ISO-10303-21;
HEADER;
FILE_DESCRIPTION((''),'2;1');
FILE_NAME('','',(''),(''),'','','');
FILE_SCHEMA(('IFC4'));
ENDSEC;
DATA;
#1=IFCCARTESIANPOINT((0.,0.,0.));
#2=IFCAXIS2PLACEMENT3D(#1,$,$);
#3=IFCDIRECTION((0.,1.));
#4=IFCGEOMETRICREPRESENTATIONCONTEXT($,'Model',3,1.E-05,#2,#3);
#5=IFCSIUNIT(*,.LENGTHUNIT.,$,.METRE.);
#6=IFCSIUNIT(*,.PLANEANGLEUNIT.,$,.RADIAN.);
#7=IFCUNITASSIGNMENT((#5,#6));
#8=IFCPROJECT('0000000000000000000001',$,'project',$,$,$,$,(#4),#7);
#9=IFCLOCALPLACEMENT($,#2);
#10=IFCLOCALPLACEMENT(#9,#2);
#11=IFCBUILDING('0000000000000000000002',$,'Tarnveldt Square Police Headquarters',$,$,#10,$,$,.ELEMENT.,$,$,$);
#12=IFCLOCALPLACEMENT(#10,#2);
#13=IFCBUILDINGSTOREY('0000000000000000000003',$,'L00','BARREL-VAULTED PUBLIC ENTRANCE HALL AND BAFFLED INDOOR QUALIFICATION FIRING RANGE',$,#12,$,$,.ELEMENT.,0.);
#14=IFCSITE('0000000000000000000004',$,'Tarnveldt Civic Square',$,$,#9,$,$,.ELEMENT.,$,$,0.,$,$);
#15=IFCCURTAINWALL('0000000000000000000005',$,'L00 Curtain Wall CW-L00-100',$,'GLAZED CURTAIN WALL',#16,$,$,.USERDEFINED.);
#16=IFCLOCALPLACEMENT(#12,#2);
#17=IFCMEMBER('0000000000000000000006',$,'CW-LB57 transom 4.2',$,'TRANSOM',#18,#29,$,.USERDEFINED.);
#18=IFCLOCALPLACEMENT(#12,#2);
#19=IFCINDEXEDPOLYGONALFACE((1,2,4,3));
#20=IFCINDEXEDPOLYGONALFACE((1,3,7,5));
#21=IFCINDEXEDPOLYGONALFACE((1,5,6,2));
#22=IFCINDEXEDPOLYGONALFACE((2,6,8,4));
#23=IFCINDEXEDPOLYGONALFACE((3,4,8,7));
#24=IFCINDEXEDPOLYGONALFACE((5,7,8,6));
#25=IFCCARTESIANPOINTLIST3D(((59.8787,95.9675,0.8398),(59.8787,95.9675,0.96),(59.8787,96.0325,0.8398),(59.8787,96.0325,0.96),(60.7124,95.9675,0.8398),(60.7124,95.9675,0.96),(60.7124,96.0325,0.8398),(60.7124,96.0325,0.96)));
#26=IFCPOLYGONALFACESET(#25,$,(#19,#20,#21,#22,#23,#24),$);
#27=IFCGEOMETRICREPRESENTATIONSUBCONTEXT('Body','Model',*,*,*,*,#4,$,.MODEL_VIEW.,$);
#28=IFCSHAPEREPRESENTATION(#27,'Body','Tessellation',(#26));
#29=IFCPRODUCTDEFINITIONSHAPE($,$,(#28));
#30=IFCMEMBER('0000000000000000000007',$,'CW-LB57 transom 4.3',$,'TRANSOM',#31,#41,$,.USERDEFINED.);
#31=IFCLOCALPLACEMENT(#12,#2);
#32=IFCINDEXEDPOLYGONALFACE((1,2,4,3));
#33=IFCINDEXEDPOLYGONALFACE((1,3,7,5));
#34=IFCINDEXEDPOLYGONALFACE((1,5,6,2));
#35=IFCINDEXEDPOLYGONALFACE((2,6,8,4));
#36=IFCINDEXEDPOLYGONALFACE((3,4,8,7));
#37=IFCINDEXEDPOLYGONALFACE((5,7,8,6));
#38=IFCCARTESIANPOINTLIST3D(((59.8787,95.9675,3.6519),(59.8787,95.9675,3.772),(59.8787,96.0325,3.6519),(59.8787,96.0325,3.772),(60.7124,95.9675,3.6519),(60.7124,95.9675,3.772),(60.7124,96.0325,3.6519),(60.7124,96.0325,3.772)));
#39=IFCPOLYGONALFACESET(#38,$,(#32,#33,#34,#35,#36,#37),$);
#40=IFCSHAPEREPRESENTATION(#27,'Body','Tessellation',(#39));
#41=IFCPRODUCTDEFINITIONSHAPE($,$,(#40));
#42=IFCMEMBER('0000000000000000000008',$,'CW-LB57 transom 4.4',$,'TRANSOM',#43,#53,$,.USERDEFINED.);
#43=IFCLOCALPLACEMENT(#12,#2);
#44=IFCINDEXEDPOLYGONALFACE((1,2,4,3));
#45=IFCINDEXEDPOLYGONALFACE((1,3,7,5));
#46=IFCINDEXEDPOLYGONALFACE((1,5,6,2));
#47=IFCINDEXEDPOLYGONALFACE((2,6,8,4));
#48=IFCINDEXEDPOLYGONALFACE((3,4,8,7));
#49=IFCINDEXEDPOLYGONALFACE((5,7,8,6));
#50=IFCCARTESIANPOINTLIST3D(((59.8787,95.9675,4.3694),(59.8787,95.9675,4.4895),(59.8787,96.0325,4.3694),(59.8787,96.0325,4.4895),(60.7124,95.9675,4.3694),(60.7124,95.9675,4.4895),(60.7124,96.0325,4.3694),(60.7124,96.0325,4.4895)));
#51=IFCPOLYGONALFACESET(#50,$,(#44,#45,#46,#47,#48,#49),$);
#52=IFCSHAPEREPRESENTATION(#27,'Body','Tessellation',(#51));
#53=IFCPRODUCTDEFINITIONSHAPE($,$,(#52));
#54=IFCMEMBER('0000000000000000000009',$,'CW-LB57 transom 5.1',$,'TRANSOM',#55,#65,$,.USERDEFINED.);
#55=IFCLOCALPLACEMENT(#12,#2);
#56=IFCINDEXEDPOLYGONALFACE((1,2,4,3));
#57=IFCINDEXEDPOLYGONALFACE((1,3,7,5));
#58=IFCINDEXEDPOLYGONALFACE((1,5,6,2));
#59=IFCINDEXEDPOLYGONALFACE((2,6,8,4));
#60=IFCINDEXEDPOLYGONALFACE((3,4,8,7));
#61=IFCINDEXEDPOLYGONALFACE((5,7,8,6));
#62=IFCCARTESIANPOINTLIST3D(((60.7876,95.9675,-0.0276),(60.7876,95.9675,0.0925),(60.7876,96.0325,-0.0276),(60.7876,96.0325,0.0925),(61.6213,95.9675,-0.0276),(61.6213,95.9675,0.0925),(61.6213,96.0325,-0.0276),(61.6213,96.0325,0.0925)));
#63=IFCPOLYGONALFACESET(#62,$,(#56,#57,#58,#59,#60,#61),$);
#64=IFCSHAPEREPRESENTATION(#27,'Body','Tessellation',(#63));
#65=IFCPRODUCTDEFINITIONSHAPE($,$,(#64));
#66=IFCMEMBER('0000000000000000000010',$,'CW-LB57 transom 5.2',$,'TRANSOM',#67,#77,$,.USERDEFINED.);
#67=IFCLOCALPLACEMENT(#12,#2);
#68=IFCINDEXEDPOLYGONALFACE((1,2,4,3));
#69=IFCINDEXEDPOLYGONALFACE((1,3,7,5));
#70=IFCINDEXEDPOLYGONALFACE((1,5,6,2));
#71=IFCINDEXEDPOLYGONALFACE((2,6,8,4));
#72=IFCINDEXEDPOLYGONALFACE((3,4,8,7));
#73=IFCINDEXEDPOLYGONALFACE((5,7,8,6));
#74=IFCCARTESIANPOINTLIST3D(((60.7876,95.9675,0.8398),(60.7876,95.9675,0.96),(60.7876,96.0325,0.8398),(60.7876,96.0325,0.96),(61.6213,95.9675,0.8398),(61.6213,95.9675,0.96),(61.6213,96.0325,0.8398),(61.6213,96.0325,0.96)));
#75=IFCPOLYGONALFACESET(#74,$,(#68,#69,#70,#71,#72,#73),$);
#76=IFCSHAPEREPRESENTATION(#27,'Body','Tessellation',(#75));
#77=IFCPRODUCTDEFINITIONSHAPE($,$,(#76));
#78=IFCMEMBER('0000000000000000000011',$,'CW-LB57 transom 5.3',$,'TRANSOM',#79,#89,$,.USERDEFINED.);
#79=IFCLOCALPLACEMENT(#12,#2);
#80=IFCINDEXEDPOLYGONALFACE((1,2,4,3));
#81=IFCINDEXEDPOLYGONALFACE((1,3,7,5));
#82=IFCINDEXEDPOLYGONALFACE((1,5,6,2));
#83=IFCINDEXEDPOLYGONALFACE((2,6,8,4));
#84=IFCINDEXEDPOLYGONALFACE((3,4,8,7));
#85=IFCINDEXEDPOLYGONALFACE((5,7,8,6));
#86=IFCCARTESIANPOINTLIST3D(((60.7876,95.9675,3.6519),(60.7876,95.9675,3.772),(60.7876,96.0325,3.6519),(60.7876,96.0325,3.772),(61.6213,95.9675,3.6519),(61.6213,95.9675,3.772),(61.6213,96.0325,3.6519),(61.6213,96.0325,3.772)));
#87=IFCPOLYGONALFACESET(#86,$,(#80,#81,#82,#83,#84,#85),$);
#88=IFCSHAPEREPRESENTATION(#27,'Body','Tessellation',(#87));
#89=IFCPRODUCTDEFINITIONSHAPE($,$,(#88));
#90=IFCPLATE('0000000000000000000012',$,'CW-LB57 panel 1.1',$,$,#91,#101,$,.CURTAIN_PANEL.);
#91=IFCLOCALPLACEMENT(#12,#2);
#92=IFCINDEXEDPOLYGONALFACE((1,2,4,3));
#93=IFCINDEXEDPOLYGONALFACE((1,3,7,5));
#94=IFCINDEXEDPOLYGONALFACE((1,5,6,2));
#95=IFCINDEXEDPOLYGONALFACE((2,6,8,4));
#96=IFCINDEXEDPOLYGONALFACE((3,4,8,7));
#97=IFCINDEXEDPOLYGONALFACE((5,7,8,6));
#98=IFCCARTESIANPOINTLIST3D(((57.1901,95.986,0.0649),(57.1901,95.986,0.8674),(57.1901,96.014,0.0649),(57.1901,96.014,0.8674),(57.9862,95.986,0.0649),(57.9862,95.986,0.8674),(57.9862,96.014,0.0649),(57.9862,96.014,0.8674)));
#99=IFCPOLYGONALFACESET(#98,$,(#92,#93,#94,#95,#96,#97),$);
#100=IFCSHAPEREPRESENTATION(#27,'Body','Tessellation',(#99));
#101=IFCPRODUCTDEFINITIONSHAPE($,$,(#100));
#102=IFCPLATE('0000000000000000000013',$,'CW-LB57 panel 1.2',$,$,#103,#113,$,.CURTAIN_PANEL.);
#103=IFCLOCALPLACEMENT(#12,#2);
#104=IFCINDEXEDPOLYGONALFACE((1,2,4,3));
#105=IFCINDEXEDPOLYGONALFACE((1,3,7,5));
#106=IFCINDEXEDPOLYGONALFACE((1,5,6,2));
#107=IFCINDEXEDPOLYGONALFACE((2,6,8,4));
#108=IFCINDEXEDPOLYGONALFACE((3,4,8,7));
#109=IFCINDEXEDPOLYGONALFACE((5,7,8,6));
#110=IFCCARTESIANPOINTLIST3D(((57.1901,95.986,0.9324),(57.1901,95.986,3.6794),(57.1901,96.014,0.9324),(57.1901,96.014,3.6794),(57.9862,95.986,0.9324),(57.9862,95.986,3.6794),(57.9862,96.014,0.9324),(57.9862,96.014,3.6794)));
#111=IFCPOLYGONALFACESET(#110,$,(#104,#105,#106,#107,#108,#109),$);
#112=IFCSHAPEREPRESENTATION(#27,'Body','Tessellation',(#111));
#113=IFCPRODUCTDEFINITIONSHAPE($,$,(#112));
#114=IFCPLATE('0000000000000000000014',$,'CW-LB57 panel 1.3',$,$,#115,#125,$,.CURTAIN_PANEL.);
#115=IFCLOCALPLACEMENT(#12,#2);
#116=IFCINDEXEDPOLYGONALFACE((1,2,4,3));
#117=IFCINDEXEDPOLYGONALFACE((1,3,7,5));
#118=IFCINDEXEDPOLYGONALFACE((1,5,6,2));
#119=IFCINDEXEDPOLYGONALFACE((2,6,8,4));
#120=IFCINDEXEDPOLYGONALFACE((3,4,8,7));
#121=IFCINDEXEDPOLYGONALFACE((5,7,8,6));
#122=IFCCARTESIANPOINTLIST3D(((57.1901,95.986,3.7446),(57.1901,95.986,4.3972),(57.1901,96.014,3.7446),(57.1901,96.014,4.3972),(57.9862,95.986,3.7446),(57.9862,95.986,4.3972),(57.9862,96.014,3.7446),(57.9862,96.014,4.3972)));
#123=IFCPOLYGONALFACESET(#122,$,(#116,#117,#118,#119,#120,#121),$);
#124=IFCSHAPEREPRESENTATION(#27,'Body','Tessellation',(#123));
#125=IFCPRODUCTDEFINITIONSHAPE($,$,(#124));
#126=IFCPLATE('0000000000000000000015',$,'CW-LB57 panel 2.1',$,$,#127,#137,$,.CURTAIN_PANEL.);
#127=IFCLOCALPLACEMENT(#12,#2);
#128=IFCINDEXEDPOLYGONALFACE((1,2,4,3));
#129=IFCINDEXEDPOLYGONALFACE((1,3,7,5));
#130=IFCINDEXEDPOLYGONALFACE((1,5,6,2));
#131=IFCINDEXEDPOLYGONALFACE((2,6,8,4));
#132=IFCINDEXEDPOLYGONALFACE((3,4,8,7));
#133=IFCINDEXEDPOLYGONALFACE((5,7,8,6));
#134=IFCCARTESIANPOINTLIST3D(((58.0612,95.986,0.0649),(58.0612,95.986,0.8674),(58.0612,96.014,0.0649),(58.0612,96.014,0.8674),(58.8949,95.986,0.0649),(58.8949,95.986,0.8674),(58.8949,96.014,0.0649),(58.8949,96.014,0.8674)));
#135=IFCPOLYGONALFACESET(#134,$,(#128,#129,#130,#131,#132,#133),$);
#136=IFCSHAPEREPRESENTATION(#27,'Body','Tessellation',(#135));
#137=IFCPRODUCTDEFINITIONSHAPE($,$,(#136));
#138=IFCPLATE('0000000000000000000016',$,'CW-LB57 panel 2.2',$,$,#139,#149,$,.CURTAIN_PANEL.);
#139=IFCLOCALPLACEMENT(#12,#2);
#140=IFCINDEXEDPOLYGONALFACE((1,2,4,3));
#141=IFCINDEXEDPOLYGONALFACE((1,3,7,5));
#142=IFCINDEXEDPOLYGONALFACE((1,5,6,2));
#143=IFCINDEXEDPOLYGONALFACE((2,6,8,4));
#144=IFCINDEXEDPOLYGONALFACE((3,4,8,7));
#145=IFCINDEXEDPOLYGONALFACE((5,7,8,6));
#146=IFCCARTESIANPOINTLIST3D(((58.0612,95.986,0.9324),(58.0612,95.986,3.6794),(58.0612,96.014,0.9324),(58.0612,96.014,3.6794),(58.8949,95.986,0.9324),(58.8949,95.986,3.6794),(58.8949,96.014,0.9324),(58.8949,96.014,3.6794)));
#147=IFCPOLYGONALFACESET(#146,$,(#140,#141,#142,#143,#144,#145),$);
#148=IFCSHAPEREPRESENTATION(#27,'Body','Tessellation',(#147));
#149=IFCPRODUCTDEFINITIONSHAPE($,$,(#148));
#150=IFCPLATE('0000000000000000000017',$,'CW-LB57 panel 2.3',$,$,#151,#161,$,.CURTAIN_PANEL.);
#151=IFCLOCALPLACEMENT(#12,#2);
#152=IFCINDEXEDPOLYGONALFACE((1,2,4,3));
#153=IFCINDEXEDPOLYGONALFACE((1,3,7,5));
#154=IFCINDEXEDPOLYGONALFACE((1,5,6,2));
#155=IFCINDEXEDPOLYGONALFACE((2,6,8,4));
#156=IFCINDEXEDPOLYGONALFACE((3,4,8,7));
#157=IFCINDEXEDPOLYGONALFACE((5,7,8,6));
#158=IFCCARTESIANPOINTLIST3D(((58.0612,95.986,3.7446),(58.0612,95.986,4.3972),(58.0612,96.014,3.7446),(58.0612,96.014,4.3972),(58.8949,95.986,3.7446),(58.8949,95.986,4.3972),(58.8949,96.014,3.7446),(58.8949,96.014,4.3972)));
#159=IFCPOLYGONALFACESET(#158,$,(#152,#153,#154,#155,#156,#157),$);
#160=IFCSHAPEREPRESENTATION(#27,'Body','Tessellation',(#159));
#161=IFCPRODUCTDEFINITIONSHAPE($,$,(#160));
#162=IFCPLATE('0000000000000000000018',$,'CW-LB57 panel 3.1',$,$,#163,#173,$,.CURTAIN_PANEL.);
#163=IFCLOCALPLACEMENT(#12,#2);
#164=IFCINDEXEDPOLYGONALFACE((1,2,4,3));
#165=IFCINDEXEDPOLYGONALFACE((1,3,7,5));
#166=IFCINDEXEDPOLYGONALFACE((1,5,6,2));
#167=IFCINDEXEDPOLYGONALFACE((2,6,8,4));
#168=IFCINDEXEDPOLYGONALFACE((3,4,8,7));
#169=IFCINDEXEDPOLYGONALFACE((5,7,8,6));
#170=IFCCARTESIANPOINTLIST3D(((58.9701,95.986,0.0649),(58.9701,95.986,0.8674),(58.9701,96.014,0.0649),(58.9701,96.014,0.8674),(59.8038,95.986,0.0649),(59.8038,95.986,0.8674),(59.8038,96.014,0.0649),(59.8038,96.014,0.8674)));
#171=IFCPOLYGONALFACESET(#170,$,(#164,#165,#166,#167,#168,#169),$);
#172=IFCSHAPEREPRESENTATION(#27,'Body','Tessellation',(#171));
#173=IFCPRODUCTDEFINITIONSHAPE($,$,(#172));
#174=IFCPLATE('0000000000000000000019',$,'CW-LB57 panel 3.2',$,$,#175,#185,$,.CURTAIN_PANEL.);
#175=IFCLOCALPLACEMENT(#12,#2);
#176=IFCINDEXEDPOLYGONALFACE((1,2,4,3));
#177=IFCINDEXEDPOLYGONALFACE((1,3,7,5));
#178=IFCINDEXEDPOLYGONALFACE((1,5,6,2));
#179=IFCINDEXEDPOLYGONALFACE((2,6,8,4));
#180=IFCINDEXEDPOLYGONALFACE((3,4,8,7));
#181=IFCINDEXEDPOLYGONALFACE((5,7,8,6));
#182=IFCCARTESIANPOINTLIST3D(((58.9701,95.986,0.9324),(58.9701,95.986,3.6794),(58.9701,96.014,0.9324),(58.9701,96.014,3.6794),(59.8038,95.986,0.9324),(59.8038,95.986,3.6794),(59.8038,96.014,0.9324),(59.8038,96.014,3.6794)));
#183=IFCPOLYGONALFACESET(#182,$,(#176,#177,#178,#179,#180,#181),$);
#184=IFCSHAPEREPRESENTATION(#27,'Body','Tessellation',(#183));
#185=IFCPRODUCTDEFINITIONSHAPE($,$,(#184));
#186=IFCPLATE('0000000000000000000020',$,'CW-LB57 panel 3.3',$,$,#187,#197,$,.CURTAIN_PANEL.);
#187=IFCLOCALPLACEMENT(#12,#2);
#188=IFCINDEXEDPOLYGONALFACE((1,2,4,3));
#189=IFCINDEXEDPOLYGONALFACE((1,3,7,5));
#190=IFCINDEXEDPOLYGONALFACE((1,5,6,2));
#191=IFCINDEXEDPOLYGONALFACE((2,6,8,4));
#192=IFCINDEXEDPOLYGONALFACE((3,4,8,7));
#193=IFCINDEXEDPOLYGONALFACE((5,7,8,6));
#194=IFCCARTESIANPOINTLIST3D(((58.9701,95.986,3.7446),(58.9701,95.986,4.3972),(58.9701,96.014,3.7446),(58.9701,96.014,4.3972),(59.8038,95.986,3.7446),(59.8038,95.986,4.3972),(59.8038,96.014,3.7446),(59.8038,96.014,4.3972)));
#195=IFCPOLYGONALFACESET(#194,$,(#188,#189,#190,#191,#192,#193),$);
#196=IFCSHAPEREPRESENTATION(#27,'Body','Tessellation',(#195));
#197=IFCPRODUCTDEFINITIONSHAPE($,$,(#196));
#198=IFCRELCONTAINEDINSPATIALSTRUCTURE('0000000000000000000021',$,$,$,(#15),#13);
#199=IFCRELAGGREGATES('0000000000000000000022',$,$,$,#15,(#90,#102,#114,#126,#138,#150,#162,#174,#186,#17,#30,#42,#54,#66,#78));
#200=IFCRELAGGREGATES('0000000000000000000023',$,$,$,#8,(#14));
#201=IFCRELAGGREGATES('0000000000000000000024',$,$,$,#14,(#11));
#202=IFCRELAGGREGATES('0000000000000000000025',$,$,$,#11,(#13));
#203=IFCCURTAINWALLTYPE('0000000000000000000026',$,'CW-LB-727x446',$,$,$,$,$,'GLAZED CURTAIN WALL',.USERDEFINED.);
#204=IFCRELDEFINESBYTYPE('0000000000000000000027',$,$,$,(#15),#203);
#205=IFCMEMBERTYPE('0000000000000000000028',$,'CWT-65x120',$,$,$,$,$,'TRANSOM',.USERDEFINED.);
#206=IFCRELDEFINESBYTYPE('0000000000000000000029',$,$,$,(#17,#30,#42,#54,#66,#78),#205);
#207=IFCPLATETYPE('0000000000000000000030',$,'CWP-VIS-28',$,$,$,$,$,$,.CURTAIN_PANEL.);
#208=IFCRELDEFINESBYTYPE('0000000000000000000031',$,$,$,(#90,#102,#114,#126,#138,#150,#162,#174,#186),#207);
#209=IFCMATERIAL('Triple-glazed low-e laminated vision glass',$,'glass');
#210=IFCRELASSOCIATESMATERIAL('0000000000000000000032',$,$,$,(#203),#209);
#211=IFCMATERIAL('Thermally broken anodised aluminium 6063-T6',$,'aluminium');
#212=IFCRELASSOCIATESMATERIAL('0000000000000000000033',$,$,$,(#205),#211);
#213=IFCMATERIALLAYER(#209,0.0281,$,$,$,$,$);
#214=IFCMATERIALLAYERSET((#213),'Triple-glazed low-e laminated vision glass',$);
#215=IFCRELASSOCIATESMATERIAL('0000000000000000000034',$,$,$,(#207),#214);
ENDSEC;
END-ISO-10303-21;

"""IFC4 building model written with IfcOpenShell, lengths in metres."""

from ifc_helpers import new_model, si_unit, direction, frame, origin, origin_2d, place, context, subcontext, project, spatial, rectangle, extrude, material, layer, layer_set, material_profile, profile_set, type_object, element, aggregate, save


model = new_model("IFC4")

# Units and contexts
model_context = context("Model", 3, precision=1e-05, world=origin(), true_north=direction((0.0, 1.0)))
body_context = subcontext(model_context, "Body", "Model", "MODEL_VIEW")
ifc_project = project(units=[si_unit("LENGTHUNIT", "METRE"), si_unit("PLANEANGLEUNIT", "RADIAN")], contexts=[model_context])

# Site, building, storey
site_placement = place(None, origin())
site = spatial("IfcSite", under=ifc_project, at=site_placement, Name="Tarnveldt Civic Square", CompositionType="ELEMENT", RefElevation=0.0)
building_placement = place(site_placement, origin())
building = spatial("IfcBuilding", under=site, at=building_placement, Name="Tarnveldt Square Police Headquarters", CompositionType="ELEMENT")
storey_placement = place(building_placement, origin())
storey = spatial("IfcBuildingStorey", under=building, at=storey_placement, Name="L00", Description="BARREL-VAULTED PUBLIC ENTRANCE HALL AND BAFFLED INDOOR QUALIFICATION FIRING RANGE", CompositionType="ELEMENT", Elevation=0.0)

# Curtain wall, members, plates
ifc_material_1 = material(Name="Triple-glazed low-e laminated vision glass", Category="glass")
curtain_wall_type = type_object("IfcCurtainWallType", Name="CW-LB-727x446", ElementType="GLAZED CURTAIN WALL", PredefinedType="USERDEFINED", material=ifc_material_1)
curtain_wall_placement = place(storey_placement, origin())
curtain_wall = element("IfcCurtainWall", 1, at=curtain_wall_placement, inside=storey, type_object=curtain_wall_type, Name="L00 Curtain Wall CW-L00-100", ObjectType="GLAZED CURTAIN WALL", PredefinedType="USERDEFINED")
ifc_material_2 = material(Name="Thermally broken anodised aluminium 6063-T6", Category="aluminium")
ifc_material_profile_1 = material_profile(ifc_material_2, rectangle(XDim=0.0649, YDim=0.1201, at=origin_2d()), Name="CW-T65x120")
ifc_profile_set_1 = profile_set([ifc_material_profile_1], Name="Thermally broken anodised aluminium 6063-T6")
member_type_1 = type_object("IfcMemberType", Name="CWT-65x120", ElementType="TRANSOM", PredefinedType="USERDEFINED", material=ifc_profile_set_1)
member_1_placement = place(storey_placement, frame((59.8787, 96.0, 0.8999), z_axis=(1.0, 0.0, 0.0), x_axis=(0.0, 1.0, 0.0)))
member_1 = element("IfcMember", 2, at=member_1_placement, type_object=member_type_1, Name="CW-LB57 transom 4.2", ObjectType="TRANSOM", PredefinedType="USERDEFINED", context=body_context, shape_type="SweptSolid", body=[
    extrude(rectangle(XDim=0.0649, YDim=0.1201, at=origin_2d()), origin(), (0.0, 0.0, 1.0), 0.8337),
])
member_2_placement = place(storey_placement, frame((59.8787, 96.0, 3.7119), z_axis=(1.0, 0.0, 0.0), x_axis=(0.0, 1.0, 0.0)))
member_2 = element("IfcMember", 3, at=member_2_placement, type_object=member_type_1, Name="CW-LB57 transom 4.3", ObjectType="TRANSOM", PredefinedType="USERDEFINED", context=body_context, shape_type="SweptSolid", body=[
    extrude(rectangle(XDim=0.0649, YDim=0.1201, at=origin_2d()), origin(), (0.0, 0.0, 1.0), 0.8337),
])
member_3_placement = place(storey_placement, frame((59.8787, 96.0, 4.4294), z_axis=(1.0, 0.0, 0.0), x_axis=(0.0, 1.0, 0.0)))
member_3 = element("IfcMember", 4, at=member_3_placement, type_object=member_type_1, Name="CW-LB57 transom 4.4", ObjectType="TRANSOM", PredefinedType="USERDEFINED", context=body_context, shape_type="SweptSolid", body=[
    extrude(rectangle(XDim=0.0649, YDim=0.1201, at=origin_2d()), origin(), (0.0, 0.0, 1.0), 0.8337),
])
member_4_placement = place(storey_placement, frame((60.7876, 96.0, 0.0325), z_axis=(1.0, 0.0, 0.0), x_axis=(0.0, 1.0, 0.0)))
member_4 = element("IfcMember", 5, at=member_4_placement, type_object=member_type_1, Name="CW-LB57 transom 5.1", ObjectType="TRANSOM", PredefinedType="USERDEFINED", context=body_context, shape_type="SweptSolid", body=[
    extrude(rectangle(XDim=0.0649, YDim=0.1201, at=origin_2d()), origin(), (0.0, 0.0, 1.0), 0.8337),
])
member_5_placement = place(storey_placement, frame((60.7876, 96.0, 0.8999), z_axis=(1.0, 0.0, 0.0), x_axis=(0.0, 1.0, 0.0)))
member_5 = element("IfcMember", 6, at=member_5_placement, type_object=member_type_1, Name="CW-LB57 transom 5.2", ObjectType="TRANSOM", PredefinedType="USERDEFINED", context=body_context, shape_type="SweptSolid", body=[
    extrude(rectangle(XDim=0.0649, YDim=0.1201, at=origin_2d()), origin(), (0.0, 0.0, 1.0), 0.8337),
])
member_6_placement = place(storey_placement, frame((60.7876, 96.0, 3.7119), z_axis=(1.0, 0.0, 0.0), x_axis=(0.0, 1.0, 0.0)))
member_6 = element("IfcMember", 7, at=member_6_placement, type_object=member_type_1, Name="CW-LB57 transom 5.3", ObjectType="TRANSOM", PredefinedType="USERDEFINED", context=body_context, shape_type="SweptSolid", body=[
    extrude(rectangle(XDim=0.0649, YDim=0.1201, at=origin_2d()), origin(), (0.0, 0.0, 1.0), 0.8337),
])
ifc_layer = layer(ifc_material_1, 0.0281)
ifc_layer_set = layer_set([ifc_layer], Name="Triple-glazed low-e laminated vision glass")
plate_type = type_object("IfcPlateType", Name="CWP-VIS-28", PredefinedType="CURTAIN_PANEL", material=ifc_layer_set)
plate_1_placement = place(storey_placement, frame((57.5881, 96.0, 0.0649), z_axis=(0.0, 0.0, 1.0), x_axis=(1.0, 0.0, 0.0)))
plate_1 = element("IfcPlate", 8, at=plate_1_placement, type_object=plate_type, Name="CW-LB57 panel 1.1", PredefinedType="CURTAIN_PANEL", context=body_context, shape_type="SweptSolid", body=[
    extrude(rectangle(XDim=0.7961, YDim=0.0281, at=origin_2d()), origin(), (0.0, 0.0, 1.0), 0.8025),
])
plate_2_placement = place(storey_placement, frame((57.5881, 96.0, 0.9324), z_axis=(0.0, 0.0, 1.0), x_axis=(1.0, 0.0, 0.0)))
plate_2 = element("IfcPlate", 9, at=plate_2_placement, type_object=plate_type, Name="CW-LB57 panel 1.2", PredefinedType="CURTAIN_PANEL", context=body_context, shape_type="SweptSolid", body=[
    extrude(rectangle(XDim=0.7961, YDim=0.0281, at=origin_2d()), origin(), (0.0, 0.0, 1.0), 2.7471),
])
plate_3_placement = place(storey_placement, frame((57.5881, 96.0, 3.7446), z_axis=(0.0, 0.0, 1.0), x_axis=(1.0, 0.0, 0.0)))
plate_3 = element("IfcPlate", 10, at=plate_3_placement, type_object=plate_type, Name="CW-LB57 panel 1.3", PredefinedType="CURTAIN_PANEL", context=body_context, shape_type="SweptSolid", body=[
    extrude(rectangle(XDim=0.7961, YDim=0.0281, at=origin_2d()), origin(), (0.0, 0.0, 1.0), 0.6526),
])
plate_4_placement = place(storey_placement, frame((58.478, 96.0, 0.0649), z_axis=(0.0, 0.0, 1.0), x_axis=(1.0, 0.0, 0.0)))
plate_4 = element("IfcPlate", 11, at=plate_4_placement, type_object=plate_type, Name="CW-LB57 panel 2.1", PredefinedType="CURTAIN_PANEL", context=body_context, shape_type="SweptSolid", body=[
    extrude(rectangle(XDim=0.8337, YDim=0.0281, at=origin_2d()), origin(), (0.0, 0.0, 1.0), 0.8025),
])
plate_5_placement = place(storey_placement, frame((58.478, 96.0, 0.9324), z_axis=(0.0, 0.0, 1.0), x_axis=(1.0, 0.0, 0.0)))
plate_5 = element("IfcPlate", 12, at=plate_5_placement, type_object=plate_type, Name="CW-LB57 panel 2.2", PredefinedType="CURTAIN_PANEL", context=body_context, shape_type="SweptSolid", body=[
    extrude(rectangle(XDim=0.8337, YDim=0.0281, at=origin_2d()), origin(), (0.0, 0.0, 1.0), 2.7471),
])
plate_6_placement = place(storey_placement, frame((58.478, 96.0, 3.7446), z_axis=(0.0, 0.0, 1.0), x_axis=(1.0, 0.0, 0.0)))
plate_6 = element("IfcPlate", 13, at=plate_6_placement, type_object=plate_type, Name="CW-LB57 panel 2.3", PredefinedType="CURTAIN_PANEL", context=body_context, shape_type="SweptSolid", body=[
    extrude(rectangle(XDim=0.8337, YDim=0.0281, at=origin_2d()), origin(), (0.0, 0.0, 1.0), 0.6526),
])
plate_7_placement = place(storey_placement, frame((59.387, 96.0, 0.0649), z_axis=(0.0, 0.0, 1.0), x_axis=(1.0, 0.0, 0.0)))
plate_7 = element("IfcPlate", 14, at=plate_7_placement, type_object=plate_type, Name="CW-LB57 panel 3.1", PredefinedType="CURTAIN_PANEL", context=body_context, shape_type="SweptSolid", body=[
    extrude(rectangle(XDim=0.8337, YDim=0.0281, at=origin_2d()), origin(), (0.0, 0.0, 1.0), 0.8025),
])
plate_8_placement = place(storey_placement, frame((59.387, 96.0, 0.9324), z_axis=(0.0, 0.0, 1.0), x_axis=(1.0, 0.0, 0.0)))
plate_8 = element("IfcPlate", 15, at=plate_8_placement, type_object=plate_type, Name="CW-LB57 panel 3.2", PredefinedType="CURTAIN_PANEL", context=body_context, shape_type="SweptSolid", body=[
    extrude(rectangle(XDim=0.8337, YDim=0.0281, at=origin_2d()), origin(), (0.0, 0.0, 1.0), 2.7471),
])
plate_9_placement = place(storey_placement, frame((59.387, 96.0, 3.7446), z_axis=(0.0, 0.0, 1.0), x_axis=(1.0, 0.0, 0.0)))
plate_9 = element("IfcPlate", 16, at=plate_9_placement, type_object=plate_type, Name="CW-LB57 panel 3.3", PredefinedType="CURTAIN_PANEL", context=body_context, shape_type="SweptSolid", body=[
    extrude(rectangle(XDim=0.8337, YDim=0.0281, at=origin_2d()), origin(), (0.0, 0.0, 1.0), 0.6526),
])
aggregate(curtain_wall, [plate_1, plate_2, plate_3, plate_4, plate_5, plate_6, plate_7, plate_8, plate_9, member_1, member_2, member_3, member_4, member_5, member_6])

save(model, "model.ifc")
